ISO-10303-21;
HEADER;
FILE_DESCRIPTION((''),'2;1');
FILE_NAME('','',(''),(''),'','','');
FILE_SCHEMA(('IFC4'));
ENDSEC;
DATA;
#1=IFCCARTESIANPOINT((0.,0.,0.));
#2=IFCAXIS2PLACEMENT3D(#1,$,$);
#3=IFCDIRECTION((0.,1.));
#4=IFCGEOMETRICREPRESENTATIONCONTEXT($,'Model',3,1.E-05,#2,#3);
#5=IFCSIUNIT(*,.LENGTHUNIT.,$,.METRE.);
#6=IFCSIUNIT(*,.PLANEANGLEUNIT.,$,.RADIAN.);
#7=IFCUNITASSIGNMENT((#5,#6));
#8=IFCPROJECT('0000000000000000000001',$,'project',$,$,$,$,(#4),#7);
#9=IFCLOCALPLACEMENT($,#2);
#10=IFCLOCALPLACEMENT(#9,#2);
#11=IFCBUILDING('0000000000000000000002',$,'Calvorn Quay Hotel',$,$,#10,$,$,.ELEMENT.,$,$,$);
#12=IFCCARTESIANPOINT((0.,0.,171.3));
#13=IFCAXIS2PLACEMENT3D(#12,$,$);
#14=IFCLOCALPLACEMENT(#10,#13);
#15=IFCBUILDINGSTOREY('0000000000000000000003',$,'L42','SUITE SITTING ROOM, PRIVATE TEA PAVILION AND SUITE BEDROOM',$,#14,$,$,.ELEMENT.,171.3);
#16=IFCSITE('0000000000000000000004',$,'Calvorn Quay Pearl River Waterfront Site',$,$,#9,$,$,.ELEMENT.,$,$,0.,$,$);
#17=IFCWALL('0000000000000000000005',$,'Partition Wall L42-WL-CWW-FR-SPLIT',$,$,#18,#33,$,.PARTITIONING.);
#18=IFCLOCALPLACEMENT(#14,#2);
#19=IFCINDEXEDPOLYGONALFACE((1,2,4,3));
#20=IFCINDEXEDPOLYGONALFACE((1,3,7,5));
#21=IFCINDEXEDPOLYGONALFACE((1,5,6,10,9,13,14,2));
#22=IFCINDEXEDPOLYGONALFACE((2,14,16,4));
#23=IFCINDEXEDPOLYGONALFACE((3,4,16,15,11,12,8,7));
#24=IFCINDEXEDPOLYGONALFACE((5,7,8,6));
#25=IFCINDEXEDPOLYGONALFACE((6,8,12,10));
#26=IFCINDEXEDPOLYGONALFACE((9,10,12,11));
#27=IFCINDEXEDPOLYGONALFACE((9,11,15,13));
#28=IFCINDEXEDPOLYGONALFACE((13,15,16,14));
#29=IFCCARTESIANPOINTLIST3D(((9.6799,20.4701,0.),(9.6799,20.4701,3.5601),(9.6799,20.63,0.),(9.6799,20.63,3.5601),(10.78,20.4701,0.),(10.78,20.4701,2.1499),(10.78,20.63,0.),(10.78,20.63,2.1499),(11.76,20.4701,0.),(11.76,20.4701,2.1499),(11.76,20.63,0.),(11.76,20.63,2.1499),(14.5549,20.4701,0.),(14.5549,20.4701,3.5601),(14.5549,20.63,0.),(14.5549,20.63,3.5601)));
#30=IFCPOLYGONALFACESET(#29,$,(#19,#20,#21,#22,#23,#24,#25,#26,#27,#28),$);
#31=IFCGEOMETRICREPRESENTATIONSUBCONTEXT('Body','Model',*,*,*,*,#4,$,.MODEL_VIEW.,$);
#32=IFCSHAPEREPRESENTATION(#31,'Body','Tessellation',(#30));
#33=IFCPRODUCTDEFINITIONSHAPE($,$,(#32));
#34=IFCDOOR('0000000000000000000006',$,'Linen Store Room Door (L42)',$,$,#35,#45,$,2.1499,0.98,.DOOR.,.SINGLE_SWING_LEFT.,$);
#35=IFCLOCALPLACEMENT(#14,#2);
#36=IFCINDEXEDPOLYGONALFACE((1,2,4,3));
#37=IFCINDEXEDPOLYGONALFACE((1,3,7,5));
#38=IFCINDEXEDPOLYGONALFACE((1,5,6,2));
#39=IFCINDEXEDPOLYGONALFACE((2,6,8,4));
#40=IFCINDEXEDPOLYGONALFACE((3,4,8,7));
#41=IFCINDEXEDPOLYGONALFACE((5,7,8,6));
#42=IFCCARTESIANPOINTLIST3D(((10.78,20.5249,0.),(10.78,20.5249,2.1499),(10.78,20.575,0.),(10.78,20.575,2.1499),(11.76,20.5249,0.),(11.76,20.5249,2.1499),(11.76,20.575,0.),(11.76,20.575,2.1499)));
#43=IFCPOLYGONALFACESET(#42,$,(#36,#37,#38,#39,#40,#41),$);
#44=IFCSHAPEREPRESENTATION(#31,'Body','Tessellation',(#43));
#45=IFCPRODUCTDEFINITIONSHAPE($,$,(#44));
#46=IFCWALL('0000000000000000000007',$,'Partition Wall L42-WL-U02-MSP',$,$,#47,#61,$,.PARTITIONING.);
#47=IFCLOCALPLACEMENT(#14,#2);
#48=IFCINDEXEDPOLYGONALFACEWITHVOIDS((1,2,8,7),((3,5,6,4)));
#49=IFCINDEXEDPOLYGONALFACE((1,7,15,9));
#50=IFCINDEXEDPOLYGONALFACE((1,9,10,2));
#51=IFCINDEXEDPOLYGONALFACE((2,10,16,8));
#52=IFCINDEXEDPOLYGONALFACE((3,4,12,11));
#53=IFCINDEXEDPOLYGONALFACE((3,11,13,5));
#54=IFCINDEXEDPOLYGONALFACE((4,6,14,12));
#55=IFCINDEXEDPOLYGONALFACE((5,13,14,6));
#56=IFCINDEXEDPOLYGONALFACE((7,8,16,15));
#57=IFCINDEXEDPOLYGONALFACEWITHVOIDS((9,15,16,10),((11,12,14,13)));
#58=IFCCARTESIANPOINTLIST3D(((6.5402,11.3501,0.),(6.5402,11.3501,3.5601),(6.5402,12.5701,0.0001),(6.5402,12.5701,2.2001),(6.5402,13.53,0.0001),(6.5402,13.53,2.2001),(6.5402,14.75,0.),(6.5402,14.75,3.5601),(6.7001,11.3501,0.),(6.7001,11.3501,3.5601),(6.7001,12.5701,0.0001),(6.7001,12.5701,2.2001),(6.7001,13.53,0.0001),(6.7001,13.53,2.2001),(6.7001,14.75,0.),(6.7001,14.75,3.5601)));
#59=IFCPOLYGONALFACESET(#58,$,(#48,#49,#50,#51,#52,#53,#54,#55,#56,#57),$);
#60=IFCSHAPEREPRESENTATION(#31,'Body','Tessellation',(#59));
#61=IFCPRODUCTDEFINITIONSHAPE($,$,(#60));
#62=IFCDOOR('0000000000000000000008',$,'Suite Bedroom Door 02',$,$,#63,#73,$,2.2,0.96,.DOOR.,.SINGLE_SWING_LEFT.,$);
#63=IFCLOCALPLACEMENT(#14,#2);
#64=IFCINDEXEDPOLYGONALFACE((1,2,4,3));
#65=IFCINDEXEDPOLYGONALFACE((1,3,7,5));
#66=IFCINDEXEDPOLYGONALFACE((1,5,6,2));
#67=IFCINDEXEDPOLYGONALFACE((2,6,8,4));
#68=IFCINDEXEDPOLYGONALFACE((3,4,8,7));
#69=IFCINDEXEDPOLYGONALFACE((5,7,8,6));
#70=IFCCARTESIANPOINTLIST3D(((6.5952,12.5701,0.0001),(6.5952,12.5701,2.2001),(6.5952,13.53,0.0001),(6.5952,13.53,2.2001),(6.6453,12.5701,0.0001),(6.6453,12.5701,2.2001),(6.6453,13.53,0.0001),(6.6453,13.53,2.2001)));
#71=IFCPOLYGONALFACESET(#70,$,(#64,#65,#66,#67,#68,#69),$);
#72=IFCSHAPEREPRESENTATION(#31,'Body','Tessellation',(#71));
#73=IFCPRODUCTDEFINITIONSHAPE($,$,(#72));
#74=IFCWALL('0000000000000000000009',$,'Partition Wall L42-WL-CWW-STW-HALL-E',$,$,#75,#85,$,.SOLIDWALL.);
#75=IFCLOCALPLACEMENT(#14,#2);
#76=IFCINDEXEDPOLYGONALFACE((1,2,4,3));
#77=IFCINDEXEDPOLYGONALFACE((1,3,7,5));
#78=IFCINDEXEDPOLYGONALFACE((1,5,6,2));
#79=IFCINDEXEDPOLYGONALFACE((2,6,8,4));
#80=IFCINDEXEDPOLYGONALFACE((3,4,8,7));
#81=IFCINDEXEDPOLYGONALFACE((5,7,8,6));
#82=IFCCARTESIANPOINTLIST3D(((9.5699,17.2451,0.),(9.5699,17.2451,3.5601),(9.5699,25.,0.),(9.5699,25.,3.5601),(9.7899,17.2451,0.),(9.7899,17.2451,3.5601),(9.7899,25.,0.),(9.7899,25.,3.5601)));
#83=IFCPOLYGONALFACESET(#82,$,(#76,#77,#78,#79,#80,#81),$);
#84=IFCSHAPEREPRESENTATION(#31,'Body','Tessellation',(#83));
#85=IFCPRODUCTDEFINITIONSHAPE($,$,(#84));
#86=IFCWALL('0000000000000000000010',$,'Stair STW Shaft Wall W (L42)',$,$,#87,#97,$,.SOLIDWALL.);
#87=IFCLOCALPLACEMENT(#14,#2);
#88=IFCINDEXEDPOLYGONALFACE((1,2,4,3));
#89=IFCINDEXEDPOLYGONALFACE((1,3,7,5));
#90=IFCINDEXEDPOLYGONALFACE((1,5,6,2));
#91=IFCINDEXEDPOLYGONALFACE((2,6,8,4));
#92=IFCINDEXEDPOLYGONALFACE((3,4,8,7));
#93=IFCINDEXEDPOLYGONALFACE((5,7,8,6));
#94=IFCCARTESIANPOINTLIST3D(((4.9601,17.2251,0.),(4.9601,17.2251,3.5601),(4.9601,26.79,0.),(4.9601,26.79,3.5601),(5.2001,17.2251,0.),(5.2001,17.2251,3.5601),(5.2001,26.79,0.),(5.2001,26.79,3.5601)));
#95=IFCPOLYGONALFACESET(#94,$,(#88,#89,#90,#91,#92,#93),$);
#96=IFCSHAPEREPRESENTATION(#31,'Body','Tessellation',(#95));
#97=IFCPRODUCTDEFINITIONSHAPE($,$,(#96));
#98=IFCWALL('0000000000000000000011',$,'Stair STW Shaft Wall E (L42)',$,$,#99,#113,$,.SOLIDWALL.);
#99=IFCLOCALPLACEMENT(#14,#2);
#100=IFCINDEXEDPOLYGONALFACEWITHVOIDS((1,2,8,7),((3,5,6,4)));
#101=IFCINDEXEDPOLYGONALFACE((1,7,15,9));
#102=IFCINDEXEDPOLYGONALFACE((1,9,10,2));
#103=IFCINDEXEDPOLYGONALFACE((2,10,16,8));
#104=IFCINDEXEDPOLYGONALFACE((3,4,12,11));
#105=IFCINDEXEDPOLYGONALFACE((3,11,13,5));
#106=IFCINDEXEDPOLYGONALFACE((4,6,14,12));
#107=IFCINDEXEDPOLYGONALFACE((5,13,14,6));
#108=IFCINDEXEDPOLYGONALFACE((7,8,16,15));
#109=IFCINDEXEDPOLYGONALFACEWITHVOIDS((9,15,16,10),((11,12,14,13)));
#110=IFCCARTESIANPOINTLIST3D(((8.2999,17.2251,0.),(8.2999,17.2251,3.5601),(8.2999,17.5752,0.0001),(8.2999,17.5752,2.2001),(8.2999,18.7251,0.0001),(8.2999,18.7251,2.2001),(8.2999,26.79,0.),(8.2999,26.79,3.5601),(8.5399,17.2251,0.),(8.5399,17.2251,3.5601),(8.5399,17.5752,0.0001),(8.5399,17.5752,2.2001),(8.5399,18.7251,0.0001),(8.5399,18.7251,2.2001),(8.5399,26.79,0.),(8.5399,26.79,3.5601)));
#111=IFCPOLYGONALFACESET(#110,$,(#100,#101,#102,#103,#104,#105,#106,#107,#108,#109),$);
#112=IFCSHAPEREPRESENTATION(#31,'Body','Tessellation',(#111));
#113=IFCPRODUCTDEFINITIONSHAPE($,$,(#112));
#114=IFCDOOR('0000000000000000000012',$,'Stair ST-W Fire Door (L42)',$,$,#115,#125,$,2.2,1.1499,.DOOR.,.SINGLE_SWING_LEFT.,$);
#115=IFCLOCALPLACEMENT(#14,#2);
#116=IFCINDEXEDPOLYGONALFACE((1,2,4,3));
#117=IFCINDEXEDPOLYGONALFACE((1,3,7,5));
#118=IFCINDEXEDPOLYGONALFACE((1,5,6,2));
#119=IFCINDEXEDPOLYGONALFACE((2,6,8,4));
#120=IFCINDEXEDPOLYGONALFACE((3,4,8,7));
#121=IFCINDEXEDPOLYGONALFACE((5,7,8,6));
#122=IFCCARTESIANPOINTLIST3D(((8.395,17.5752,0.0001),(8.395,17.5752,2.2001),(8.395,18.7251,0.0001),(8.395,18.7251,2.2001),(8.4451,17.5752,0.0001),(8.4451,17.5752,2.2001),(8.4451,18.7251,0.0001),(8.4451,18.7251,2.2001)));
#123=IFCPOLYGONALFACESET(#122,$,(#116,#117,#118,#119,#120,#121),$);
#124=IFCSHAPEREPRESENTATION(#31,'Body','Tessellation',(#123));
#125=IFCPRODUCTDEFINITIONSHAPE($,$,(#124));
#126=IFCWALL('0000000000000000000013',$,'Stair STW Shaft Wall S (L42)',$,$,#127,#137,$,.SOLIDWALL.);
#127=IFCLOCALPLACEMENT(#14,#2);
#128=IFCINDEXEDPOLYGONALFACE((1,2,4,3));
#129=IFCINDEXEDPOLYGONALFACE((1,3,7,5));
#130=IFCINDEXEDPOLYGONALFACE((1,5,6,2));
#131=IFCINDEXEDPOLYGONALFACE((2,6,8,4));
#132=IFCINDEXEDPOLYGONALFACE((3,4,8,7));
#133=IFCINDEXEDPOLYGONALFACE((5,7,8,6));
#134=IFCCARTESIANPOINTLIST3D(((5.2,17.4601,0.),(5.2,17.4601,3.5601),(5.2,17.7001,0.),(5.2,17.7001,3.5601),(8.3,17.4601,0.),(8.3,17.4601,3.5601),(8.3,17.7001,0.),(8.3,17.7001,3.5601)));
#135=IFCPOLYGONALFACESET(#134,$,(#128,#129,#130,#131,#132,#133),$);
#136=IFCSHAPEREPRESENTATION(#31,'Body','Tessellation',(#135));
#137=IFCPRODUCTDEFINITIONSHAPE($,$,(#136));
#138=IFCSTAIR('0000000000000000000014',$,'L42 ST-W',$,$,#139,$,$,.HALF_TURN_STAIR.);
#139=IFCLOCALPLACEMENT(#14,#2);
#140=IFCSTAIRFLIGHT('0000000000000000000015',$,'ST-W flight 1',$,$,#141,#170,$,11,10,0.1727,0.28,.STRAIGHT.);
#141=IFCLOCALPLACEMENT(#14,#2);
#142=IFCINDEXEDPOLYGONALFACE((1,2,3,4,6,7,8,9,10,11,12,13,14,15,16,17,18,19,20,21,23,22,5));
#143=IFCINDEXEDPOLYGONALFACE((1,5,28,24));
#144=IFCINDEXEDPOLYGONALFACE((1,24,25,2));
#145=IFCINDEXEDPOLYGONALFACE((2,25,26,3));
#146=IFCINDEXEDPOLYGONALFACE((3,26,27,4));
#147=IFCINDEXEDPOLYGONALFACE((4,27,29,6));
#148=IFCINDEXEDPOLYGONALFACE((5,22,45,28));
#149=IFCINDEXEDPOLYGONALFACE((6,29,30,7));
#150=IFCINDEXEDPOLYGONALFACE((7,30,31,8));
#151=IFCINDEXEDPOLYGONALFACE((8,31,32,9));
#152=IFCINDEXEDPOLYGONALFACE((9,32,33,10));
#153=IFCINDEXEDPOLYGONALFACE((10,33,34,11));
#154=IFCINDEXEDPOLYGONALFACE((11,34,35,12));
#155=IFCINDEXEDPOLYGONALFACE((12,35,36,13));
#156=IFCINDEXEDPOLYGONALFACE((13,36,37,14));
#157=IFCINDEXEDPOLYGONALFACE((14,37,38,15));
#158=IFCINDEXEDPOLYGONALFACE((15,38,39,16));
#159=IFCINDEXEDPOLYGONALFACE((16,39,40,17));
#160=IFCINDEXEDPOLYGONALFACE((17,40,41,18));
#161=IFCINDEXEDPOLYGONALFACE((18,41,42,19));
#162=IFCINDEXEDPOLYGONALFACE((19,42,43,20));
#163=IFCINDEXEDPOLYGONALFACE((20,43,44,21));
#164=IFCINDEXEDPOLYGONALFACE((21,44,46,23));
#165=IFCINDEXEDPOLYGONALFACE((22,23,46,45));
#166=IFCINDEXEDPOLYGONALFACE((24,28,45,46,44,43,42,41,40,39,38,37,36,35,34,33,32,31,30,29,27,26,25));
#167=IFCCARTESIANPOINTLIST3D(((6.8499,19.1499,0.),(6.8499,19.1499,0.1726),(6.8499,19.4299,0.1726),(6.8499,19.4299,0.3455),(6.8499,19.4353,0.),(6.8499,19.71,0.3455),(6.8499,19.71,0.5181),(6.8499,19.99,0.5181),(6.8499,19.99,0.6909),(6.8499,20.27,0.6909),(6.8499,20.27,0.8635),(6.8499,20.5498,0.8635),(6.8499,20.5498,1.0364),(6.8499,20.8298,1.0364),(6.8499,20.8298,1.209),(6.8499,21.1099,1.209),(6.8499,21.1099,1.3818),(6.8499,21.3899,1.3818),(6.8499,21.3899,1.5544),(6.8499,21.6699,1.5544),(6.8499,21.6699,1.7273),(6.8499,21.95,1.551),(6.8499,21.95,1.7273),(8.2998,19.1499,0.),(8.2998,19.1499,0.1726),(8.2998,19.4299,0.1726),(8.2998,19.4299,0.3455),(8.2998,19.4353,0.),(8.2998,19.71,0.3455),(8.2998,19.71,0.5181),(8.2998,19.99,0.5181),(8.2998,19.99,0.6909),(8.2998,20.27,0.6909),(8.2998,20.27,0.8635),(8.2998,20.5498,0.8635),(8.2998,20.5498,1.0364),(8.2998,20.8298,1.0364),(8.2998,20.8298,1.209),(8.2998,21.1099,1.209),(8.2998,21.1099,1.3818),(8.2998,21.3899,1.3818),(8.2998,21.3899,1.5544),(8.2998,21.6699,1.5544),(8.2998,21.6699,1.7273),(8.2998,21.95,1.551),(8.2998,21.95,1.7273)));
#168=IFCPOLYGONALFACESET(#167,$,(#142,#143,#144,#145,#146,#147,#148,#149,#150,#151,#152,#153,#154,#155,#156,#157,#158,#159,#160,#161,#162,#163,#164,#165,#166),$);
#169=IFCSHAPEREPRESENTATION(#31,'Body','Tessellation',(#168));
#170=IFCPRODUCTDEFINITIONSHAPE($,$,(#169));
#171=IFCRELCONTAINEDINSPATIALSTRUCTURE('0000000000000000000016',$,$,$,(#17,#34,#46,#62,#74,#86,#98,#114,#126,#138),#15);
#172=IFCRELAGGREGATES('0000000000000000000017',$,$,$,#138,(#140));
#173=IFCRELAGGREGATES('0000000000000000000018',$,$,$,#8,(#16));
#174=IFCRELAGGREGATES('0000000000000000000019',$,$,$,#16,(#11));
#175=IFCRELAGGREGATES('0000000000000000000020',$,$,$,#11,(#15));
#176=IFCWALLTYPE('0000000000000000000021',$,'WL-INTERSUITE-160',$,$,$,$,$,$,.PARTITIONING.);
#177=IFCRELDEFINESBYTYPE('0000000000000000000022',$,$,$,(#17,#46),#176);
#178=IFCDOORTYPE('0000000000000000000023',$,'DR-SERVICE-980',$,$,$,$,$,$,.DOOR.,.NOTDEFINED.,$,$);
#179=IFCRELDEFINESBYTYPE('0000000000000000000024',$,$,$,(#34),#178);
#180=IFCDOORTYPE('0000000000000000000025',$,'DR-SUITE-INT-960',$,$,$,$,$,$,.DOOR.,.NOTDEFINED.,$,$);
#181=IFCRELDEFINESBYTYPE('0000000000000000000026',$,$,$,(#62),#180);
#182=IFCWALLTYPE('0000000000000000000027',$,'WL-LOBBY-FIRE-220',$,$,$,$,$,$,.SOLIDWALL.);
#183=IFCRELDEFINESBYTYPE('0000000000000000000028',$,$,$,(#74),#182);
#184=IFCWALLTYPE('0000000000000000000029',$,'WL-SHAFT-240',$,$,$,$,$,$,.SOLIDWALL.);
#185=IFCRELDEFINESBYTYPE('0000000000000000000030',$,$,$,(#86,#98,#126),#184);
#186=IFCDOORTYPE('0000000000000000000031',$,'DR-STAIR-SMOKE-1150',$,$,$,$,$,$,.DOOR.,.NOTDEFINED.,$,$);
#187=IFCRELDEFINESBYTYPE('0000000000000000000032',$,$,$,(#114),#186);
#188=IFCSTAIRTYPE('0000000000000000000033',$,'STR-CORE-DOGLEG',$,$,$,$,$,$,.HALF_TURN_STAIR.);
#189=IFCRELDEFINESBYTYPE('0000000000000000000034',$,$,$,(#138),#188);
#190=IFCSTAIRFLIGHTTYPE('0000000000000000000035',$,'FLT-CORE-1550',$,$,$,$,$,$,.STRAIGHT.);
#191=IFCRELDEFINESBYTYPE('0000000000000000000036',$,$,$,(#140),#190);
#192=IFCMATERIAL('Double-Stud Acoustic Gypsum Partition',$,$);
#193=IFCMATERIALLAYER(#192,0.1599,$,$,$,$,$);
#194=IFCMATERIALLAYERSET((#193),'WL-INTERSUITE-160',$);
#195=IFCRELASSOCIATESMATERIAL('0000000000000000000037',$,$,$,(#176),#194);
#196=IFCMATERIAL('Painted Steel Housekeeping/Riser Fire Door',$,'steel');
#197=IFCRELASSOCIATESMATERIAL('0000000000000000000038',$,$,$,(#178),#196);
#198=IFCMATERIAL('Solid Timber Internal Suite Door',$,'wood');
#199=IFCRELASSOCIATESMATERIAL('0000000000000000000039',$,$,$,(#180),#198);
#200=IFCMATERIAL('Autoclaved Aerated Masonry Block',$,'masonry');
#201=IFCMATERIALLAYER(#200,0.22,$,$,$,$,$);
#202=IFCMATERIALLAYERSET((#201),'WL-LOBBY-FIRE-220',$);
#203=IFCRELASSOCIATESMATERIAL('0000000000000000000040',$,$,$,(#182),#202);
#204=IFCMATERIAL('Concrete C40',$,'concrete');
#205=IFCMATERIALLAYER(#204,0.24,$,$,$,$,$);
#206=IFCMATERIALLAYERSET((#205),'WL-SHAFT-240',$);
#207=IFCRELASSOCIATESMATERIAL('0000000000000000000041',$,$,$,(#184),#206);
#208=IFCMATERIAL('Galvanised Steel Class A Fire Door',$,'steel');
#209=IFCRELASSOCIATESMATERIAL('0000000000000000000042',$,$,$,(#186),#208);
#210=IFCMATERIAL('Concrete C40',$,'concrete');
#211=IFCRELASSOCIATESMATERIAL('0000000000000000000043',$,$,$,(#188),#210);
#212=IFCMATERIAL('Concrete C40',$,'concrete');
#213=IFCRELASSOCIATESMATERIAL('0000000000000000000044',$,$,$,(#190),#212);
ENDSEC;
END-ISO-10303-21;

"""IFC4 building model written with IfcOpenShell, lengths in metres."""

from ifc_helpers import new_model, si_unit, direction, frame, frame_2d, origin, place, context, subcontext, project, spatial, polyline, rectangle, outline, extrude, material, layer, layer_set, type_object, element, fill, aggregate, save


model = new_model("IFC4")

# Units and contexts
model_context = context("Model", 3, precision=1e-05, world=origin(), true_north=direction((0.0, 1.0)))
body_context = subcontext(model_context, "Body", "Model", "MODEL_VIEW")
ifc_project = project(units=[si_unit("LENGTHUNIT", "METRE"), si_unit("PLANEANGLEUNIT", "RADIAN")], contexts=[model_context])

# Site, building, storey
site_placement = place(None, origin())
site = spatial("IfcSite", under=ifc_project, at=site_placement, Name="Calvorn Quay Pearl River Waterfront Site", CompositionType="ELEMENT", RefElevation=0.0)
building_placement = place(site_placement, origin())
building = spatial("IfcBuilding", under=site, at=building_placement, Name="Calvorn Quay Hotel", CompositionType="ELEMENT")
storey_placement = place(building_placement, frame((0.0, 0.0, 171.3)))
storey = spatial("IfcBuildingStorey", under=building, at=storey_placement, Name="L42", Description="SUITE SITTING ROOM, PRIVATE TEA PAVILION AND SUITE BEDROOM", CompositionType="ELEMENT", Elevation=171.3)

# Walls, openings, doors
ifc_material_1 = material(Name="Double-Stud Acoustic Gypsum Partition")
ifc_layer_1 = layer(ifc_material_1, 0.1599)
ifc_layer_set_1 = layer_set([ifc_layer_1], Name="WL-INTERSUITE-160")
wall_type_1 = type_object("IfcWallType", Name="WL-INTERSUITE-160", PredefinedType="PARTITIONING", material=ifc_layer_set_1)
wall_1_placement = place(storey_placement, frame((9.6799, 20.55, 0.0), z_axis=(0.0, 0.0, 1.0), x_axis=(1.0, 0.0, 0.0)))
wall_1 = element("IfcWall", 1, at=wall_1_placement, inside=storey, type_object=wall_type_1, Name="Partition Wall L42-WL-CWW-FR-SPLIT", PredefinedType="PARTITIONING", context=body_context, shape_type="SweptSolid", body=[
    extrude(rectangle(XDim=4.875, YDim=0.1599, at=frame_2d((2.4375, 0.0))), origin(), (0.0, 0.0, 1.0), 3.5601),
])
opening_1_placement = place(wall_1_placement, frame((1.1001, 0.0, 0.0)))
opening_1 = element("IfcOpeningElement", 2, at=opening_1_placement, cuts=wall_1, PredefinedType="OPENING", context=body_context, shape_type="SweptSolid", body=[
    extrude(rectangle(XDim=0.98, YDim=2.1499, at=frame_2d((0.49, 1.075))), frame((0.0, 0.0898, 0.0), z_axis=(0.0, -1.0, 0.0), x_axis=(1.0, 0.0, 0.0)), (0.0, 0.0, 1.0), 0.1799),
])
ifc_material_2 = material(Name="Painted Steel Housekeeping/Riser Fire Door", Category="steel")
door_type_1 = type_object("IfcDoorType", Name="DR-SERVICE-980", OperationType="NOTDEFINED", PredefinedType="DOOR", material=ifc_material_2)
door_1_placement = place(opening_1_placement, origin())
door_1 = element("IfcDoor", 3, at=door_1_placement, inside=storey, type_object=door_type_1, Name="Linen Store Room Door (L42)", OperationType="SINGLE_SWING_LEFT", OverallHeight=2.1499, OverallWidth=0.98, PredefinedType="DOOR", context=body_context, shape_type="SweptSolid", body=[
    extrude(rectangle(XDim=0.98, YDim=2.1499, at=frame_2d((0.49, 1.075))), frame((0.0, 0.0249, 0.0), z_axis=(0.0, -1.0, 0.0), x_axis=(1.0, 0.0, 0.0)), (0.0, 0.0, 1.0), 0.05),
])
fill(opening_1, door_1)
wall_2_placement = place(storey_placement, frame((6.6201, 11.3501, 0.0), z_axis=(0.0, 0.0, 1.0), x_axis=(0.0, 1.0, 0.0)))
wall_2 = element("IfcWall", 4, at=wall_2_placement, inside=storey, type_object=wall_type_1, Name="Partition Wall L42-WL-U02-MSP", PredefinedType="PARTITIONING", context=body_context, shape_type="SweptSolid", body=[
    extrude(rectangle(XDim=3.3999, YDim=0.1599, at=frame_2d((1.7, 0.0))), origin(), (0.0, 0.0, 1.0), 3.5601),
])
opening_2_placement = place(wall_2_placement, frame((1.22, 0.0, 0.0)))
opening_2 = element("IfcOpeningElement", 5, at=opening_2_placement, cuts=wall_2, PredefinedType="OPENING", context=body_context, shape_type="SweptSolid", body=[
    extrude(rectangle(XDim=0.96, YDim=2.2, at=frame_2d((0.48, 1.1001))), frame((0.0, 0.0898, 0.0), z_axis=(0.0, -1.0, 0.0), x_axis=(1.0, 0.0, 0.0)), (0.0, 0.0, 1.0), 0.1799),
])
ifc_material_3 = material(Name="Solid Timber Internal Suite Door", Category="wood")
door_type_2 = type_object("IfcDoorType", Name="DR-SUITE-INT-960", OperationType="NOTDEFINED", PredefinedType="DOOR", material=ifc_material_3)
door_2_placement = place(opening_2_placement, origin())
door_2 = element("IfcDoor", 6, at=door_2_placement, inside=storey, type_object=door_type_2, Name="Suite Bedroom Door 02", OperationType="SINGLE_SWING_LEFT", OverallHeight=2.2, OverallWidth=0.96, PredefinedType="DOOR", context=body_context, shape_type="SweptSolid", body=[
    extrude(rectangle(XDim=0.96, YDim=2.2, at=frame_2d((0.48, 1.1001))), frame((0.0, 0.0249, 0.0), z_axis=(0.0, -1.0, 0.0), x_axis=(1.0, 0.0, 0.0)), (0.0, 0.0, 1.0), 0.05),
])
fill(opening_2, door_2)

# Walls
ifc_material_4 = material(Name="Autoclaved Aerated Masonry Block", Category="masonry")
ifc_layer_2 = layer(ifc_material_4, 0.22)
ifc_layer_set_2 = layer_set([ifc_layer_2], Name="WL-LOBBY-FIRE-220")
wall_type_2 = type_object("IfcWallType", Name="WL-LOBBY-FIRE-220", PredefinedType="SOLIDWALL", material=ifc_layer_set_2)
wall_3_placement = place(storey_placement, frame((9.6799, 17.2451, 0.0), z_axis=(0.0, 0.0, 1.0), x_axis=(0.0, 1.0, 0.0)))
element("IfcWall", 7, at=wall_3_placement, inside=storey, type_object=wall_type_2, Name="Partition Wall L42-WL-CWW-STW-HALL-E", PredefinedType="SOLIDWALL", context=body_context, shape_type="SweptSolid", body=[
    extrude(rectangle(XDim=7.7549, YDim=0.22, at=frame_2d((3.8774, 0.0))), origin(), (0.0, 0.0, 1.0), 3.5601),
])
ifc_material_5 = material(Name="Concrete C40", Category="concrete")
ifc_layer_3 = layer(ifc_material_5, 0.24)
ifc_layer_set_3 = layer_set([ifc_layer_3], Name="WL-SHAFT-240")
wall_type_3 = type_object("IfcWallType", Name="WL-SHAFT-240", PredefinedType="SOLIDWALL", material=ifc_layer_set_3)
wall_4_placement = place(storey_placement, frame((5.0801, 17.2251, 0.0), z_axis=(0.0, 0.0, 1.0), x_axis=(0.0, 1.0, 0.0)))
element("IfcWall", 8, at=wall_4_placement, inside=storey, type_object=wall_type_3, Name="Stair STW Shaft Wall W (L42)", PredefinedType="SOLIDWALL", context=body_context, shape_type="SweptSolid", body=[
    extrude(rectangle(XDim=9.5649, YDim=0.24, at=frame_2d((4.7825, 0.0))), origin(), (0.0, 0.0, 1.0), 3.5601),
])

# Wall, opening, door
wall_5_placement = place(storey_placement, frame((8.4199, 17.2251, 0.0), z_axis=(0.0, 0.0, 1.0), x_axis=(0.0, 1.0, 0.0)))
wall_5 = element("IfcWall", 9, at=wall_5_placement, inside=storey, type_object=wall_type_3, Name="Stair STW Shaft Wall E (L42)", PredefinedType="SOLIDWALL", context=body_context, shape_type="SweptSolid", body=[
    extrude(rectangle(XDim=9.5649, YDim=0.24, at=frame_2d((4.7825, 0.0))), origin(), (0.0, 0.0, 1.0), 3.5601),
])
opening_3_placement = place(wall_5_placement, frame((0.3501, 0.0, 0.0)))
opening_3 = element("IfcOpeningElement", 10, at=opening_3_placement, cuts=wall_5, PredefinedType="OPENING", context=body_context, shape_type="SweptSolid", body=[
    extrude(rectangle(XDim=1.1499, YDim=2.2, at=frame_2d((0.575, 1.1001))), frame((0.0, 0.1299, 0.0), z_axis=(0.0, -1.0, 0.0), x_axis=(1.0, 0.0, 0.0)), (0.0, 0.0, 1.0), 0.26),
])
ifc_material_6 = material(Name="Galvanised Steel Class A Fire Door", Category="steel")
door_type_3 = type_object("IfcDoorType", Name="DR-STAIR-SMOKE-1150", OperationType="NOTDEFINED", PredefinedType="DOOR", material=ifc_material_6)
door_3_placement = place(opening_3_placement, origin())
door_3 = element("IfcDoor", 11, at=door_3_placement, inside=storey, type_object=door_type_3, Name="Stair ST-W Fire Door (L42)", OperationType="SINGLE_SWING_LEFT", OverallHeight=2.2, OverallWidth=1.1499, PredefinedType="DOOR", context=body_context, shape_type="SweptSolid", body=[
    extrude(rectangle(XDim=1.1499, YDim=2.2, at=frame_2d((0.575, 1.1001))), frame((0.0, 0.0249, 0.0), z_axis=(0.0, -1.0, 0.0), x_axis=(1.0, 0.0, 0.0)), (0.0, 0.0, 1.0), 0.05),
])
fill(opening_3, door_3)

# Wall
wall_6_placement = place(storey_placement, frame((5.2, 17.5801, 0.0), z_axis=(0.0, 0.0, 1.0), x_axis=(1.0, 0.0, 0.0)))
element("IfcWall", 12, at=wall_6_placement, inside=storey, type_object=wall_type_3, Name="Stair STW Shaft Wall S (L42)", PredefinedType="SOLIDWALL", context=body_context, shape_type="SweptSolid", body=[
    extrude(rectangle(XDim=3.1001, YDim=0.24, at=frame_2d((1.55, 0.0))), origin(), (0.0, 0.0, 1.0), 3.5601),
])

# Stair, stair flight
ifc_material_7 = material(Name="Concrete C40", Category="concrete")
stair_type = type_object("IfcStairType", Name="STR-CORE-DOGLEG", PredefinedType="HALF_TURN_STAIR", material=ifc_material_7)
stair_placement = place(storey_placement, origin())
stair = element("IfcStair", 13, at=stair_placement, inside=storey, type_object=stair_type, Name="L42 ST-W", PredefinedType="HALF_TURN_STAIR")
ifc_material_8 = material(Name="Concrete C40", Category="concrete")
stair_flight_type = type_object("IfcStairFlightType", Name="FLT-CORE-1550", PredefinedType="STRAIGHT", material=ifc_material_8)
stair_flight_1_placement = place(storey_placement, frame((7.575, 19.1499, 0.0), z_axis=(0.0, 0.0, 1.0), x_axis=(0.0, 1.0, 0.0)))
stair_flight_1 = element("IfcStairFlight", 14, at=stair_flight_1_placement, type_object=stair_flight_type, Name="ST-W flight 1", NumberOfRisers=11, NumberOfTreads=10, PredefinedType="STRAIGHT", RiserHeight=0.1727, TreadLength=0.28, context=body_context, shape_type="SweptSolid", body=[
    extrude(outline(polyline([(0.0, 0.0), (0.0, 0.1726), (0.28, 0.1726), (0.28, 0.3455), (0.5601, 0.3455), (0.5601, 0.5181), (0.8401, 0.5181), (0.8401, 0.6909), (1.1201, 0.6909), (1.1201, 0.8635), (1.3999, 0.8635), (1.3999, 1.0364), (1.6799, 1.0364), (1.6799, 1.209), (1.96, 1.209), (1.96, 1.3818), (2.24, 1.3818), (2.24, 1.5544), (2.52, 1.5544), (2.52, 1.7273), (2.8, 1.7273), (2.8, 1.8999), (2.8, 1.551), (0.2854, 0.0), (0.0, 0.0)])), frame((0.0, 0.7251, 0.0), z_axis=(0.0, -1.0, 0.0), x_axis=(1.0, 0.0, 0.0)), (0.0, 0.0, 1.0), 1.45),
])
aggregate(stair, [stair_flight_1])

save(model, "model.ifc")
